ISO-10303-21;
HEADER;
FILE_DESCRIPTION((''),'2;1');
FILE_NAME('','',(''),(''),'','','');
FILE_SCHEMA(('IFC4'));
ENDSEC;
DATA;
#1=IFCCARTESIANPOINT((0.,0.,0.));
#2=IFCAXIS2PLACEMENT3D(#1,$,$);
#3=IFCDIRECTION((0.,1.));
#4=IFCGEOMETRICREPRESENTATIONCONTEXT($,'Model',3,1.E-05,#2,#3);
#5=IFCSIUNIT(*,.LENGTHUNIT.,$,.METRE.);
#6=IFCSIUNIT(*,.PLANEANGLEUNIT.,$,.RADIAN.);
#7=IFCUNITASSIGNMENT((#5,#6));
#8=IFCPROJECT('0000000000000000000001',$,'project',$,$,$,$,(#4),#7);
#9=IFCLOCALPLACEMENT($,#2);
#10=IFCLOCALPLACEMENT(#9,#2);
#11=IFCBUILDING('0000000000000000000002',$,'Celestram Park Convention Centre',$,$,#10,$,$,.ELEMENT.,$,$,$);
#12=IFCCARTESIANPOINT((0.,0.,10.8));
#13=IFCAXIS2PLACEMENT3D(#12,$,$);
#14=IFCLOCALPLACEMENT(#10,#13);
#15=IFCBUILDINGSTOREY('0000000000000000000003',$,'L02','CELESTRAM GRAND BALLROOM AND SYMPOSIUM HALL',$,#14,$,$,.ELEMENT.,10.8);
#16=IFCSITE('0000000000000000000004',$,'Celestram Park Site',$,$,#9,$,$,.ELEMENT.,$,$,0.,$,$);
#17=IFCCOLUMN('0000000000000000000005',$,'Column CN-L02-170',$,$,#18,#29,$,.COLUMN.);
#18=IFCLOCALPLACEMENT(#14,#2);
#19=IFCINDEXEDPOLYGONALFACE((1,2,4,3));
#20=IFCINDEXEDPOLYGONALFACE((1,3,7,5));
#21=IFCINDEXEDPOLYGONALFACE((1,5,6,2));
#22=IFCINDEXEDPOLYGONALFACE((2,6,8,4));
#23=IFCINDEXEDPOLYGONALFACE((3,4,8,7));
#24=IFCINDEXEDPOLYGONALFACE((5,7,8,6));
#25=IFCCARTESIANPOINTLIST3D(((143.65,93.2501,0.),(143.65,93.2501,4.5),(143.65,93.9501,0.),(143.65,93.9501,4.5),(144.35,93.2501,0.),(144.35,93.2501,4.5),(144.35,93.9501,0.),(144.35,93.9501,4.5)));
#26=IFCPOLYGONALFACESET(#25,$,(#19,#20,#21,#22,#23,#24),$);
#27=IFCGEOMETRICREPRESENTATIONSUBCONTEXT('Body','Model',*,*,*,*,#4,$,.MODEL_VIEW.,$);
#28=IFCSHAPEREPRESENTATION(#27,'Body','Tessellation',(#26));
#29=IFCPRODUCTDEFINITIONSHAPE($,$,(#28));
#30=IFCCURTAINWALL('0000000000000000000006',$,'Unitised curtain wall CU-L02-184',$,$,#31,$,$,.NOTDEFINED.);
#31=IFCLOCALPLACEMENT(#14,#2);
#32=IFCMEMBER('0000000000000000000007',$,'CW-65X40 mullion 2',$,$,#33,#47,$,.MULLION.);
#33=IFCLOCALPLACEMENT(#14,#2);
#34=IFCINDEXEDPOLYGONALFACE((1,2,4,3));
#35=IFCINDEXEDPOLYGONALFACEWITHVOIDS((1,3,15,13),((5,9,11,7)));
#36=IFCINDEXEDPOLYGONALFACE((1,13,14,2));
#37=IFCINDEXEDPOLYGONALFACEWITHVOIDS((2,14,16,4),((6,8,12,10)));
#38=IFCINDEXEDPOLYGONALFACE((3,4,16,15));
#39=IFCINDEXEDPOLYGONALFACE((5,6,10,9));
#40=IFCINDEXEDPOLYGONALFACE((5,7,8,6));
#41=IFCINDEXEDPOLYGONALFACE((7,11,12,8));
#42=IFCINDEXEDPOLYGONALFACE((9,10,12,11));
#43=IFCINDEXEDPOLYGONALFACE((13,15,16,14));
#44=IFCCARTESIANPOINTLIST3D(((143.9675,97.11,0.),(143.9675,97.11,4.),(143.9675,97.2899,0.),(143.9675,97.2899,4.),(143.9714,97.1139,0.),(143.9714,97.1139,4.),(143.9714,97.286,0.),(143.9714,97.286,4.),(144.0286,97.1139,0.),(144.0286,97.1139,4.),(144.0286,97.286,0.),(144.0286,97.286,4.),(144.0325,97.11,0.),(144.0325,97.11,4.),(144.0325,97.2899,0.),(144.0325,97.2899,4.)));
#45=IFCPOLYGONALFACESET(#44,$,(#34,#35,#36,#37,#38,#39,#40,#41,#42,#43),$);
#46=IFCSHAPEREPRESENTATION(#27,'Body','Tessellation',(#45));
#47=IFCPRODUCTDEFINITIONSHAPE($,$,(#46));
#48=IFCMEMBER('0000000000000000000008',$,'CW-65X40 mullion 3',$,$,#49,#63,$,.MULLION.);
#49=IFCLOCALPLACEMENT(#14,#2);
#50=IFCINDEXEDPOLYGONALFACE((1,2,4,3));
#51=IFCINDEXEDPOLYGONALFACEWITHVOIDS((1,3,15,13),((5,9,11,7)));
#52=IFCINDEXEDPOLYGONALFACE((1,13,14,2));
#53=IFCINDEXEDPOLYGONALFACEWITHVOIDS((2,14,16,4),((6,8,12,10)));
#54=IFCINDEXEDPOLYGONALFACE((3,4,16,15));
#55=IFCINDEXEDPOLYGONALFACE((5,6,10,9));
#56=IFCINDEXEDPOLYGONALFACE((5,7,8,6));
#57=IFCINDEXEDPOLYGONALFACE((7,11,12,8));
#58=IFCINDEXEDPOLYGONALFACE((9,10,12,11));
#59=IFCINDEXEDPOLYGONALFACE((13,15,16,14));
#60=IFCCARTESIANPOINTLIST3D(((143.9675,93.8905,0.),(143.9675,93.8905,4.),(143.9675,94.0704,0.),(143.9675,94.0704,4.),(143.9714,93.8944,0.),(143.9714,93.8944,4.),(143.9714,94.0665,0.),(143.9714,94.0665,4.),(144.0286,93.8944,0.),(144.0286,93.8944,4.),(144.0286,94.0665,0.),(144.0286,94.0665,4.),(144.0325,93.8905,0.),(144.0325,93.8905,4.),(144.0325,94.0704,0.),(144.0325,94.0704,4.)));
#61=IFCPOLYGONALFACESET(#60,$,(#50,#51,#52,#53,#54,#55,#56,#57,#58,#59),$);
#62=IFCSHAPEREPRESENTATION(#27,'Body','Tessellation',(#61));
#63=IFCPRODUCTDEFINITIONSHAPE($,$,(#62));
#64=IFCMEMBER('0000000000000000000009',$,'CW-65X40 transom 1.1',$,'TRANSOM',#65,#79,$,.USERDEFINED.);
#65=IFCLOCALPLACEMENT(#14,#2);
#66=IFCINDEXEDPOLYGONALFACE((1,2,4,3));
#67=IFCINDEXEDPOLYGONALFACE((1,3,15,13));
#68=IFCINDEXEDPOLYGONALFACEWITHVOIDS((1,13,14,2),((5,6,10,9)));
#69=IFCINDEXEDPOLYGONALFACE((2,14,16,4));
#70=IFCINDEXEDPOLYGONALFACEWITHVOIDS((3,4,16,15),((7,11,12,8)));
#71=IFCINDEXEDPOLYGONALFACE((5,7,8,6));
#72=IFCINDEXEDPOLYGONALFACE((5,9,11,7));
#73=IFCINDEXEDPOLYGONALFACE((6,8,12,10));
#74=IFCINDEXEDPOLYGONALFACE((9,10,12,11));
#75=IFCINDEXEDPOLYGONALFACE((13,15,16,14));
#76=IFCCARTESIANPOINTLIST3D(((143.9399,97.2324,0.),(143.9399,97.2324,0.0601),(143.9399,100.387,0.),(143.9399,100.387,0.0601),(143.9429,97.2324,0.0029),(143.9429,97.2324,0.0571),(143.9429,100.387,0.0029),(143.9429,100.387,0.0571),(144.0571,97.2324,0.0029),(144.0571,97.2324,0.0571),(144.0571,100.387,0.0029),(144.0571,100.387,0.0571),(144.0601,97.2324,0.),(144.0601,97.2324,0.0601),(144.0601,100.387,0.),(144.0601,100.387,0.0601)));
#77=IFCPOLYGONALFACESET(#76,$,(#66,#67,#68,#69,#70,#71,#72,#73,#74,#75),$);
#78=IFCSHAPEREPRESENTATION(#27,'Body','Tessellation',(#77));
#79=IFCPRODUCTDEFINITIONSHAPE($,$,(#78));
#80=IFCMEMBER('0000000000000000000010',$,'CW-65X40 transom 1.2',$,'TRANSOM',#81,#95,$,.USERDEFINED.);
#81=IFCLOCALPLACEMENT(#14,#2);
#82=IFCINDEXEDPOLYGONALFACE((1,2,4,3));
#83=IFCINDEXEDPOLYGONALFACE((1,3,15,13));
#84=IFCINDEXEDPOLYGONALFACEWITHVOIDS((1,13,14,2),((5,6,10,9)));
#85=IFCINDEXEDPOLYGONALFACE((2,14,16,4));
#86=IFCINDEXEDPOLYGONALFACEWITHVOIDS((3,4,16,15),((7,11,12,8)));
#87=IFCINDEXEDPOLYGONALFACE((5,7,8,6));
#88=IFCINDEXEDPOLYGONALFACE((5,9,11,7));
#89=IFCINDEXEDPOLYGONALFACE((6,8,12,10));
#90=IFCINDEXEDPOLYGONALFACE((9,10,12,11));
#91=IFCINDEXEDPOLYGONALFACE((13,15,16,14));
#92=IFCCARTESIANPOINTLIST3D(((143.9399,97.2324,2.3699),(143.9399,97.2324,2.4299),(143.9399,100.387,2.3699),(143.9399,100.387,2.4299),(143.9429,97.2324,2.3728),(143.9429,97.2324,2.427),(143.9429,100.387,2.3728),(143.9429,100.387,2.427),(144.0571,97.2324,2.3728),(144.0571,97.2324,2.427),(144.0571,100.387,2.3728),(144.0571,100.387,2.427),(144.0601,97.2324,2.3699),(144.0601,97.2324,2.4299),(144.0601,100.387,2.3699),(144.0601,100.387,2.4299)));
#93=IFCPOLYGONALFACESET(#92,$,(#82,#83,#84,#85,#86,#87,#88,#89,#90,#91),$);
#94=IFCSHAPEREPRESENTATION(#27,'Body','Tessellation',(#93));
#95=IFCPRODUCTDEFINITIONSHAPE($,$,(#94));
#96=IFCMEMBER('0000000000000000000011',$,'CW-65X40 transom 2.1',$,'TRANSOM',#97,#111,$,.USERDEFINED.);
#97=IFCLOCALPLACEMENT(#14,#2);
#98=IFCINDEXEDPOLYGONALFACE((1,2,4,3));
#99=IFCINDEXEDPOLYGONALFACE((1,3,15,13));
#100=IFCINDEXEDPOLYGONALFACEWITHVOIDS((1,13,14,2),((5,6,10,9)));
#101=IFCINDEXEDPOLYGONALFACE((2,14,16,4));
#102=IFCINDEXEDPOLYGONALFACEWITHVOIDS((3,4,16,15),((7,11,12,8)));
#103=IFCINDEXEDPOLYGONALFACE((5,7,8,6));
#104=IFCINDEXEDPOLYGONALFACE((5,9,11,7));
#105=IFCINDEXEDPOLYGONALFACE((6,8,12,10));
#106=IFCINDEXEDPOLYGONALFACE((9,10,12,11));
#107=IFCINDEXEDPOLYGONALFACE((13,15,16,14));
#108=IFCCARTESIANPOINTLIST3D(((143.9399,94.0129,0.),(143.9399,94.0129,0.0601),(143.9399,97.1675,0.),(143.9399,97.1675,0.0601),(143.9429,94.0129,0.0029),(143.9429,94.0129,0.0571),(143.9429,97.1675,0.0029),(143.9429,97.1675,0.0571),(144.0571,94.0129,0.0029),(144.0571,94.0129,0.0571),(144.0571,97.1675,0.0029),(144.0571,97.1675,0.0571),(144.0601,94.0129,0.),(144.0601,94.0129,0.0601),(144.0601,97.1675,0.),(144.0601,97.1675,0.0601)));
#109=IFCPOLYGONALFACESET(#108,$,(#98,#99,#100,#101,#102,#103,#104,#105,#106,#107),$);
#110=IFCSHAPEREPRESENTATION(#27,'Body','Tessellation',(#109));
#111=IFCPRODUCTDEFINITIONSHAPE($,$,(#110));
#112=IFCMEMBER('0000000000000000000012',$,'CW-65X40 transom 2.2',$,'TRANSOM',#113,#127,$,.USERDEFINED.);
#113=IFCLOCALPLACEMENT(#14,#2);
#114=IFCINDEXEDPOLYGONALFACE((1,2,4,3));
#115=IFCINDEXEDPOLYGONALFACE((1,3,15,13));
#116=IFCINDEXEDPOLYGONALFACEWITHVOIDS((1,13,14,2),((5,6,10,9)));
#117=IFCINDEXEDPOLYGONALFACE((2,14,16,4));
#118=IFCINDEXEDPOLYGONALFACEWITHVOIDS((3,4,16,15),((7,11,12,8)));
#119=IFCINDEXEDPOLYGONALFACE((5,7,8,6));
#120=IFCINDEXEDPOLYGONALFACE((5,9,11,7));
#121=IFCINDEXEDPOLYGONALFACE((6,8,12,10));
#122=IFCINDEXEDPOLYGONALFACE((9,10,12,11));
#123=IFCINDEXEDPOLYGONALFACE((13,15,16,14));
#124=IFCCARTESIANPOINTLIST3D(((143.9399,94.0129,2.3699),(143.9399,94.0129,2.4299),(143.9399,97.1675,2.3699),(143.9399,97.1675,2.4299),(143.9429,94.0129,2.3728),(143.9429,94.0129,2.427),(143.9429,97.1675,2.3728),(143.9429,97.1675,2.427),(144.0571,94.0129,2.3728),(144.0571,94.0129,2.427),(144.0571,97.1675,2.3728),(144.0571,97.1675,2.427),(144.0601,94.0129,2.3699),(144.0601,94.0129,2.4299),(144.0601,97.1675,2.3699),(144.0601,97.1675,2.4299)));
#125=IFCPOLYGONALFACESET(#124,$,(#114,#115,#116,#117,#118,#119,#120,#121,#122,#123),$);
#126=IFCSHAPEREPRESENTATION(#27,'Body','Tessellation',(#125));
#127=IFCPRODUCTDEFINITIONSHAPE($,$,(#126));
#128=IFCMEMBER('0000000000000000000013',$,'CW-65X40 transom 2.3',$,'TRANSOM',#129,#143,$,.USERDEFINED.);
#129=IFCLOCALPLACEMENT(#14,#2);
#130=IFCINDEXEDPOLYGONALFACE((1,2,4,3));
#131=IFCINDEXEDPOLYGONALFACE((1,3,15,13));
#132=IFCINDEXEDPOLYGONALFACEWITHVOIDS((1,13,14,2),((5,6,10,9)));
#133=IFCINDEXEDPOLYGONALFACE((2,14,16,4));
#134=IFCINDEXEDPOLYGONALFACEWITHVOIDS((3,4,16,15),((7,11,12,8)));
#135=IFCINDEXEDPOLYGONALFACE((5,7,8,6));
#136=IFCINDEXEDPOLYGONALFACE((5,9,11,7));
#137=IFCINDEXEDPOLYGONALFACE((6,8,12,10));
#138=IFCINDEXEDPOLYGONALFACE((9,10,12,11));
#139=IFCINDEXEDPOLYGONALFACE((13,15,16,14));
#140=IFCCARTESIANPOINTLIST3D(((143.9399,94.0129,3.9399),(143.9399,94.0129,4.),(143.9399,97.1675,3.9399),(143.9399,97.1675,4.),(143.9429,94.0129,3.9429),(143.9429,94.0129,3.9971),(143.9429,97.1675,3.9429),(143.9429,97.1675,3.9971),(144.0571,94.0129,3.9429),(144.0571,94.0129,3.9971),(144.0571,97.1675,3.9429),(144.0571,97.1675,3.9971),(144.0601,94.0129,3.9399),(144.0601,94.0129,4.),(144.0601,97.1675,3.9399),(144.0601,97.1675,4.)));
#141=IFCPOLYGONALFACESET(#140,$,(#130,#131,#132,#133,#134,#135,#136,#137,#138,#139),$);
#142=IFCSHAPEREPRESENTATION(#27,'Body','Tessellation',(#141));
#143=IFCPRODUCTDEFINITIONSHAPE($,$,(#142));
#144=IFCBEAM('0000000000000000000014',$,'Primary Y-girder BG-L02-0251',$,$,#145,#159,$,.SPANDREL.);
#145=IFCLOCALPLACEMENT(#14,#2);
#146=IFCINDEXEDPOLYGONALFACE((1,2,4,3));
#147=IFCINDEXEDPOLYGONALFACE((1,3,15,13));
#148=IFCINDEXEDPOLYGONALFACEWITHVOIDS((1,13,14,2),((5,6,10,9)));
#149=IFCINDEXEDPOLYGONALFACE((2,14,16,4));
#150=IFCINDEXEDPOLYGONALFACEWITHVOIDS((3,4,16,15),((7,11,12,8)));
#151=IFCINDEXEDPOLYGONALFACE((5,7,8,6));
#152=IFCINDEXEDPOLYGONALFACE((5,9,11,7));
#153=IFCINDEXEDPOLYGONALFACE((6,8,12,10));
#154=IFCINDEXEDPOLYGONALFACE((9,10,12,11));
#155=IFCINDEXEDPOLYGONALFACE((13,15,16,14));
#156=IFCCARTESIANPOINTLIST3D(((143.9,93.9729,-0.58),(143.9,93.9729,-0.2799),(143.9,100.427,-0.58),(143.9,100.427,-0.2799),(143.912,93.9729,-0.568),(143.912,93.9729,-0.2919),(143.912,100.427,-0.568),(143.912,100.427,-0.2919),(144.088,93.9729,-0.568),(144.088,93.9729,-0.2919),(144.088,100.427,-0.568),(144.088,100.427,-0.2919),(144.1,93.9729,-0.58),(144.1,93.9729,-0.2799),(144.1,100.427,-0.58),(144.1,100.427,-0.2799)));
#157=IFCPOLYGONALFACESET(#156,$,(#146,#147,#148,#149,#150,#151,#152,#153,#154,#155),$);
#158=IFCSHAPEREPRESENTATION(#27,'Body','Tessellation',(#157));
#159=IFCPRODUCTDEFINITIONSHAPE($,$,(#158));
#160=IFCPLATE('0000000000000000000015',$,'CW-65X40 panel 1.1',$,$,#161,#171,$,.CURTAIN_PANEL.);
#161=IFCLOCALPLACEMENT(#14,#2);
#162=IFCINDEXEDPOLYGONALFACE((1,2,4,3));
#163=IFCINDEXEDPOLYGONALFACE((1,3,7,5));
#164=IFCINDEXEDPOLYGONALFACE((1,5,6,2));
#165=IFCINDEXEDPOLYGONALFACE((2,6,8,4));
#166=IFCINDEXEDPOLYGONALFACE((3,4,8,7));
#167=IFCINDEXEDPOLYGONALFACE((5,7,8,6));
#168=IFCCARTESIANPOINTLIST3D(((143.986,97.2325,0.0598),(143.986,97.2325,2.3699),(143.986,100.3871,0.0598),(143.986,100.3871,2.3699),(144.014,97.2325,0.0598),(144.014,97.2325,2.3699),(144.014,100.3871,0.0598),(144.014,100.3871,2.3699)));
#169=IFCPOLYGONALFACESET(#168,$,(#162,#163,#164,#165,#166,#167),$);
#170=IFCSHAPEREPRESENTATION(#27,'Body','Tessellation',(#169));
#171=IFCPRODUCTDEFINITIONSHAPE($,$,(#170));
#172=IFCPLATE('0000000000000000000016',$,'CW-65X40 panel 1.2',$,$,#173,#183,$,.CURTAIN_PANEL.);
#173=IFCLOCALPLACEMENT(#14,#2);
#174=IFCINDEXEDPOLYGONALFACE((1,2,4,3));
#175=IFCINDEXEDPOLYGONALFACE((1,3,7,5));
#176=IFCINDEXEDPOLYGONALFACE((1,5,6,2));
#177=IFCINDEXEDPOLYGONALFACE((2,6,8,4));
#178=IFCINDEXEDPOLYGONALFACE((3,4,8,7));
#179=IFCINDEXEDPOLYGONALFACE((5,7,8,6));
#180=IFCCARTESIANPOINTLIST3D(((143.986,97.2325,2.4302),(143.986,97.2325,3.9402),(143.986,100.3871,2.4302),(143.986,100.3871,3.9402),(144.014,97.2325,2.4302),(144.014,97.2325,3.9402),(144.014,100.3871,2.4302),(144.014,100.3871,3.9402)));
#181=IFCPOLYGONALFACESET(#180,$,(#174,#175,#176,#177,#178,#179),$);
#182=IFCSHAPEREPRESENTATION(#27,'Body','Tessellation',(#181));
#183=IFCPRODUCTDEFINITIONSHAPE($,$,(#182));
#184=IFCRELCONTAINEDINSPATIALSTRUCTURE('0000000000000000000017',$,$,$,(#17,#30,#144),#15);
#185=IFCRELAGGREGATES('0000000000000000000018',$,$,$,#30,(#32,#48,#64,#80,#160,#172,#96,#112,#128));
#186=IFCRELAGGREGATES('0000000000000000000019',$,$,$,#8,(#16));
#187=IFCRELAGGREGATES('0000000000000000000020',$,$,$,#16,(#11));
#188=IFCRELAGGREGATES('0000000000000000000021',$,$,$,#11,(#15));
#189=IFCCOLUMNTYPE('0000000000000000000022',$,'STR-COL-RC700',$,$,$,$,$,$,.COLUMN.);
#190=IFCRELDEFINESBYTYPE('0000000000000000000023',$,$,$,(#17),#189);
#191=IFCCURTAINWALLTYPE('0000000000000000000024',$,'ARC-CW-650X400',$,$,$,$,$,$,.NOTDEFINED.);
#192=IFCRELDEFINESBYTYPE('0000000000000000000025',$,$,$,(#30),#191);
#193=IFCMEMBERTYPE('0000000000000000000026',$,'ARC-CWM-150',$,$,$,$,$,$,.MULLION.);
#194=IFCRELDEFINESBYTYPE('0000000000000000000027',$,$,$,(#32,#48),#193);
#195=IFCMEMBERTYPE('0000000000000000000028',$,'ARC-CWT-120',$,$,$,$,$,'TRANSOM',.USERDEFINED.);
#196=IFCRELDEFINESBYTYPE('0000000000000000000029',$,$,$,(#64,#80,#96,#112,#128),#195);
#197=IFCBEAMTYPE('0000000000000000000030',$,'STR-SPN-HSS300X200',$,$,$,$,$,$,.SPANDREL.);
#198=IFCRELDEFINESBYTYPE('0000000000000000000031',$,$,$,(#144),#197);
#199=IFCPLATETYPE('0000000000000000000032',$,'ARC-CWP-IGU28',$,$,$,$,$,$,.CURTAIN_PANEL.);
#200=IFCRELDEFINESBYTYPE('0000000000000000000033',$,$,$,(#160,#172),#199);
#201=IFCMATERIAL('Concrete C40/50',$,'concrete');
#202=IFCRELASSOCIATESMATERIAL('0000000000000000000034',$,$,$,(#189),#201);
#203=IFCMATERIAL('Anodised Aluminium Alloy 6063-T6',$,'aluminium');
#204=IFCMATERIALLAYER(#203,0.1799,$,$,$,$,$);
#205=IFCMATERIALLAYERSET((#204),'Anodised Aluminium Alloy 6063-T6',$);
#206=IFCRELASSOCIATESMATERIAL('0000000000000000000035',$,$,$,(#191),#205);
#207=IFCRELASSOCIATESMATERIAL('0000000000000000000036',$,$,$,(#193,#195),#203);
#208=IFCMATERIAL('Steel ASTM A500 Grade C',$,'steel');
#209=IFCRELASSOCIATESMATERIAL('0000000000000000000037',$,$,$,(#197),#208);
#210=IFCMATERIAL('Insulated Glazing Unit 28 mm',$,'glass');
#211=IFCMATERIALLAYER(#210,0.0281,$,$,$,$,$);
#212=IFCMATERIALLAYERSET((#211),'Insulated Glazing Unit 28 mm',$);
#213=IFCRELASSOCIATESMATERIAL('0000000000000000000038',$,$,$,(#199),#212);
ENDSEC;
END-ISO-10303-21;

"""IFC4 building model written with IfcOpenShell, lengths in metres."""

from ifc_helpers import new_model, si_unit, direction, frame, origin, origin_2d, place, context, subcontext, project, spatial, rectangle, hollow_rectangle, extrude, material, layer, layer_set, material_profile, profile_set, type_object, element, aggregate, save


model = new_model("IFC4")

# Units and contexts
model_context = context("Model", 3, precision=1e-05, world=origin(), true_north=direction((0.0, 1.0)))
body_context = subcontext(model_context, "Body", "Model", "MODEL_VIEW")
ifc_project = project(units=[si_unit("LENGTHUNIT", "METRE"), si_unit("PLANEANGLEUNIT", "RADIAN")], contexts=[model_context])

# Site, building, storey
site_placement = place(None, origin())
site = spatial("IfcSite", under=ifc_project, at=site_placement, Name="Celestram Park Site", CompositionType="ELEMENT", RefElevation=0.0)
building_placement = place(site_placement, origin())
building = spatial("IfcBuilding", under=site, at=building_placement, Name="Celestram Park Convention Centre", CompositionType="ELEMENT")
storey_placement = place(building_placement, frame((0.0, 0.0, 10.8)))
storey = spatial("IfcBuildingStorey", under=building, at=storey_placement, Name="L02", Description="CELESTRAM GRAND BALLROOM AND SYMPOSIUM HALL", CompositionType="ELEMENT", Elevation=10.8)

# Column
ifc_material_1 = material(Name="Concrete C40/50", Category="concrete")
ifc_material_profile_1 = material_profile(ifc_material_1, rectangle(XDim=0.7, YDim=0.7, at=origin_2d()), Name="RC700X700")
ifc_profile_set_1 = profile_set([ifc_material_profile_1], Name="Concrete C40/50")
column_type = type_object("IfcColumnType", Name="STR-COL-RC700", PredefinedType="COLUMN", material=ifc_profile_set_1)
column_placement = place(storey_placement, frame((144.0, 93.6001, 0.0), z_axis=(0.0, 0.0, 1.0), x_axis=(1.0, 0.0, 0.0)))
element("IfcColumn", 1, at=column_placement, inside=storey, type_object=column_type, Name="Column CN-L02-170", PredefinedType="COLUMN", context=body_context, shape_type="SweptSolid", body=[
    extrude(rectangle(XDim=0.7, YDim=0.7, at=origin_2d()), origin(), (0.0, 0.0, 1.0), 4.5),
])

# Curtain wall, members
ifc_material_2 = material(Name="Anodised Aluminium Alloy 6063-T6", Category="aluminium")
ifc_layer_1 = layer(ifc_material_2, 0.1799)
ifc_layer_set_1 = layer_set([ifc_layer_1], Name="Anodised Aluminium Alloy 6063-T6")
curtain_wall_type = type_object("IfcCurtainWallType", Name="ARC-CW-650X400", PredefinedType="NOTDEFINED", material=ifc_layer_set_1)
curtain_wall_placement = place(storey_placement, origin())
curtain_wall = element("IfcCurtainWall", 2, at=curtain_wall_placement, inside=storey, type_object=curtain_wall_type, Name="Unitised curtain wall CU-L02-184", PredefinedType="NOTDEFINED")
ifc_material_profile_2 = material_profile(ifc_material_2, hollow_rectangle(XDim=0.0649, YDim=0.1799, WallThickness=0.0039, at=origin_2d()), Name="ALU65X180X4")
ifc_profile_set_2 = profile_set([ifc_material_profile_2], Name="Anodised Aluminium Alloy 6063-T6")
member_type_1 = type_object("IfcMemberType", Name="ARC-CWM-150", PredefinedType="MULLION", material=ifc_profile_set_2)
member_1_placement = place(storey_placement, frame((144.0, 97.2, 0.0), z_axis=(0.0, 0.0, 1.0), x_axis=(1.0, 0.0, 0.0)))
member_1 = element("IfcMember", 3, at=member_1_placement, type_object=member_type_1, Name="CW-65X40 mullion 2", PredefinedType="MULLION", context=body_context, shape_type="SweptSolid", body=[
    extrude(hollow_rectangle(XDim=0.0649, YDim=0.1799, WallThickness=0.0039, at=origin_2d()), origin(), (0.0, 0.0, 1.0), 4.0),
])
member_2_placement = place(storey_placement, frame((144.0, 93.9805, 0.0), z_axis=(0.0, 0.0, 1.0), x_axis=(1.0, 0.0, 0.0)))
member_2 = element("IfcMember", 4, at=member_2_placement, type_object=member_type_1, Name="CW-65X40 mullion 3", PredefinedType="MULLION", context=body_context, shape_type="SweptSolid", body=[
    extrude(hollow_rectangle(XDim=0.0649, YDim=0.1799, WallThickness=0.0039, at=origin_2d()), origin(), (0.0, 0.0, 1.0), 4.0),
])
ifc_material_profile_3 = material_profile(ifc_material_2, hollow_rectangle(XDim=0.1201, YDim=0.0601, WallThickness=0.0029, at=origin_2d()), Name="ALU120X60X3")
ifc_profile_set_3 = profile_set([ifc_material_profile_3], Name="Anodised Aluminium Alloy 6063-T6")
member_type_2 = type_object("IfcMemberType", Name="ARC-CWT-120", ElementType="TRANSOM", PredefinedType="USERDEFINED", material=ifc_profile_set_3)
member_3_placement = place(storey_placement, frame((144.0, 100.387, 0.03), z_axis=(0.0, -1.0, 0.0), x_axis=(1.0, 0.0, 0.0)))
member_3 = element("IfcMember", 5, at=member_3_placement, type_object=member_type_2, Name="CW-65X40 transom 1.1", ObjectType="TRANSOM", PredefinedType="USERDEFINED", context=body_context, shape_type="SweptSolid", body=[
    extrude(hollow_rectangle(XDim=0.1201, YDim=0.0601, WallThickness=0.0029, at=origin_2d()), origin(), (0.0, 0.0, 1.0), 3.1545),
])
member_4_placement = place(storey_placement, frame((144.0, 100.387, 2.3999), z_axis=(0.0, -1.0, 0.0), x_axis=(1.0, 0.0, 0.0)))
member_4 = element("IfcMember", 6, at=member_4_placement, type_object=member_type_2, Name="CW-65X40 transom 1.2", ObjectType="TRANSOM", PredefinedType="USERDEFINED", context=body_context, shape_type="SweptSolid", body=[
    extrude(hollow_rectangle(XDim=0.1201, YDim=0.0601, WallThickness=0.0029, at=origin_2d()), origin(), (0.0, 0.0, 1.0), 3.1545),
])
member_5_placement = place(storey_placement, frame((144.0, 97.1675, 0.03), z_axis=(0.0, -1.0, 0.0), x_axis=(1.0, 0.0, 0.0)))
member_5 = element("IfcMember", 7, at=member_5_placement, type_object=member_type_2, Name="CW-65X40 transom 2.1", ObjectType="TRANSOM", PredefinedType="USERDEFINED", context=body_context, shape_type="SweptSolid", body=[
    extrude(hollow_rectangle(XDim=0.1201, YDim=0.0601, WallThickness=0.0029, at=origin_2d()), origin(), (0.0, 0.0, 1.0), 3.1545),
])
member_6_placement = place(storey_placement, frame((144.0, 97.1675, 2.3999), z_axis=(0.0, -1.0, 0.0), x_axis=(1.0, 0.0, 0.0)))
member_6 = element("IfcMember", 8, at=member_6_placement, type_object=member_type_2, Name="CW-65X40 transom 2.2", ObjectType="TRANSOM", PredefinedType="USERDEFINED", context=body_context, shape_type="SweptSolid", body=[
    extrude(hollow_rectangle(XDim=0.1201, YDim=0.0601, WallThickness=0.0029, at=origin_2d()), origin(), (0.0, 0.0, 1.0), 3.1545),
])
member_7_placement = place(storey_placement, frame((144.0, 97.1675, 3.97), z_axis=(0.0, -1.0, 0.0), x_axis=(1.0, 0.0, 0.0)))
member_7 = element("IfcMember", 9, at=member_7_placement, type_object=member_type_2, Name="CW-65X40 transom 2.3", ObjectType="TRANSOM", PredefinedType="USERDEFINED", context=body_context, shape_type="SweptSolid", body=[
    extrude(hollow_rectangle(XDim=0.1201, YDim=0.0601, WallThickness=0.0029, at=origin_2d()), origin(), (0.0, 0.0, 1.0), 3.1545),
])

# Beam
ifc_material_3 = material(Name="Steel ASTM A500 Grade C", Category="steel")
ifc_material_profile_4 = material_profile(ifc_material_3, hollow_rectangle(XDim=0.2, YDim=0.3, WallThickness=0.012, at=origin_2d()), Name="HSS300X200X12")
ifc_profile_set_4 = profile_set([ifc_material_profile_4], Name="Steel ASTM A500 Grade C")
beam_type = type_object("IfcBeamType", Name="STR-SPN-HSS300X200", PredefinedType="SPANDREL", material=ifc_profile_set_4)
beam_placement = place(storey_placement, frame((144.0, 93.9729, -0.4299), z_axis=(0.0, 1.0, 0.0), x_axis=(-1.0, 0.0, 0.0)))
element("IfcBeam", 10, at=beam_placement, inside=storey, type_object=beam_type, Name="Primary Y-girder BG-L02-0251", PredefinedType="SPANDREL", context=body_context, shape_type="SweptSolid", body=[
    extrude(hollow_rectangle(XDim=0.2, YDim=0.3, WallThickness=0.012, at=origin_2d()), origin(), (0.0, 0.0, 1.0), 6.4541),
])

# Plates
ifc_material_4 = material(Name="Insulated Glazing Unit 28 mm", Category="glass")
ifc_layer_2 = layer(ifc_material_4, 0.0281)
ifc_layer_set_2 = layer_set([ifc_layer_2], Name="Insulated Glazing Unit 28 mm")
plate_type = type_object("IfcPlateType", Name="ARC-CWP-IGU28", PredefinedType="CURTAIN_PANEL", material=ifc_layer_set_2)
plate_1_placement = place(storey_placement, frame((144.0, 98.8098, 0.0598), z_axis=(0.0, 0.0, 1.0), x_axis=(0.0, -1.0, 0.0)))
plate_1 = element("IfcPlate", 11, at=plate_1_placement, type_object=plate_type, Name="CW-65X40 panel 1.1", PredefinedType="CURTAIN_PANEL", context=body_context, shape_type="SweptSolid", body=[
    extrude(rectangle(XDim=3.1545, YDim=0.0281, at=origin_2d()), origin(), (0.0, 0.0, 1.0), 2.3101),
])
plate_2_placement = place(storey_placement, frame((144.0, 98.8098, 2.4302), z_axis=(0.0, 0.0, 1.0), x_axis=(0.0, -1.0, 0.0)))
plate_2 = element("IfcPlate", 12, at=plate_2_placement, type_object=plate_type, Name="CW-65X40 panel 1.2", PredefinedType="CURTAIN_PANEL", context=body_context, shape_type="SweptSolid", body=[
    extrude(rectangle(XDim=3.1545, YDim=0.0281, at=origin_2d()), origin(), (0.0, 0.0, 1.0), 1.51),
])
aggregate(curtain_wall, [member_1, member_2, member_3, member_4, plate_1, plate_2, member_5, member_6, member_7])

save(model, "model.ifc")
